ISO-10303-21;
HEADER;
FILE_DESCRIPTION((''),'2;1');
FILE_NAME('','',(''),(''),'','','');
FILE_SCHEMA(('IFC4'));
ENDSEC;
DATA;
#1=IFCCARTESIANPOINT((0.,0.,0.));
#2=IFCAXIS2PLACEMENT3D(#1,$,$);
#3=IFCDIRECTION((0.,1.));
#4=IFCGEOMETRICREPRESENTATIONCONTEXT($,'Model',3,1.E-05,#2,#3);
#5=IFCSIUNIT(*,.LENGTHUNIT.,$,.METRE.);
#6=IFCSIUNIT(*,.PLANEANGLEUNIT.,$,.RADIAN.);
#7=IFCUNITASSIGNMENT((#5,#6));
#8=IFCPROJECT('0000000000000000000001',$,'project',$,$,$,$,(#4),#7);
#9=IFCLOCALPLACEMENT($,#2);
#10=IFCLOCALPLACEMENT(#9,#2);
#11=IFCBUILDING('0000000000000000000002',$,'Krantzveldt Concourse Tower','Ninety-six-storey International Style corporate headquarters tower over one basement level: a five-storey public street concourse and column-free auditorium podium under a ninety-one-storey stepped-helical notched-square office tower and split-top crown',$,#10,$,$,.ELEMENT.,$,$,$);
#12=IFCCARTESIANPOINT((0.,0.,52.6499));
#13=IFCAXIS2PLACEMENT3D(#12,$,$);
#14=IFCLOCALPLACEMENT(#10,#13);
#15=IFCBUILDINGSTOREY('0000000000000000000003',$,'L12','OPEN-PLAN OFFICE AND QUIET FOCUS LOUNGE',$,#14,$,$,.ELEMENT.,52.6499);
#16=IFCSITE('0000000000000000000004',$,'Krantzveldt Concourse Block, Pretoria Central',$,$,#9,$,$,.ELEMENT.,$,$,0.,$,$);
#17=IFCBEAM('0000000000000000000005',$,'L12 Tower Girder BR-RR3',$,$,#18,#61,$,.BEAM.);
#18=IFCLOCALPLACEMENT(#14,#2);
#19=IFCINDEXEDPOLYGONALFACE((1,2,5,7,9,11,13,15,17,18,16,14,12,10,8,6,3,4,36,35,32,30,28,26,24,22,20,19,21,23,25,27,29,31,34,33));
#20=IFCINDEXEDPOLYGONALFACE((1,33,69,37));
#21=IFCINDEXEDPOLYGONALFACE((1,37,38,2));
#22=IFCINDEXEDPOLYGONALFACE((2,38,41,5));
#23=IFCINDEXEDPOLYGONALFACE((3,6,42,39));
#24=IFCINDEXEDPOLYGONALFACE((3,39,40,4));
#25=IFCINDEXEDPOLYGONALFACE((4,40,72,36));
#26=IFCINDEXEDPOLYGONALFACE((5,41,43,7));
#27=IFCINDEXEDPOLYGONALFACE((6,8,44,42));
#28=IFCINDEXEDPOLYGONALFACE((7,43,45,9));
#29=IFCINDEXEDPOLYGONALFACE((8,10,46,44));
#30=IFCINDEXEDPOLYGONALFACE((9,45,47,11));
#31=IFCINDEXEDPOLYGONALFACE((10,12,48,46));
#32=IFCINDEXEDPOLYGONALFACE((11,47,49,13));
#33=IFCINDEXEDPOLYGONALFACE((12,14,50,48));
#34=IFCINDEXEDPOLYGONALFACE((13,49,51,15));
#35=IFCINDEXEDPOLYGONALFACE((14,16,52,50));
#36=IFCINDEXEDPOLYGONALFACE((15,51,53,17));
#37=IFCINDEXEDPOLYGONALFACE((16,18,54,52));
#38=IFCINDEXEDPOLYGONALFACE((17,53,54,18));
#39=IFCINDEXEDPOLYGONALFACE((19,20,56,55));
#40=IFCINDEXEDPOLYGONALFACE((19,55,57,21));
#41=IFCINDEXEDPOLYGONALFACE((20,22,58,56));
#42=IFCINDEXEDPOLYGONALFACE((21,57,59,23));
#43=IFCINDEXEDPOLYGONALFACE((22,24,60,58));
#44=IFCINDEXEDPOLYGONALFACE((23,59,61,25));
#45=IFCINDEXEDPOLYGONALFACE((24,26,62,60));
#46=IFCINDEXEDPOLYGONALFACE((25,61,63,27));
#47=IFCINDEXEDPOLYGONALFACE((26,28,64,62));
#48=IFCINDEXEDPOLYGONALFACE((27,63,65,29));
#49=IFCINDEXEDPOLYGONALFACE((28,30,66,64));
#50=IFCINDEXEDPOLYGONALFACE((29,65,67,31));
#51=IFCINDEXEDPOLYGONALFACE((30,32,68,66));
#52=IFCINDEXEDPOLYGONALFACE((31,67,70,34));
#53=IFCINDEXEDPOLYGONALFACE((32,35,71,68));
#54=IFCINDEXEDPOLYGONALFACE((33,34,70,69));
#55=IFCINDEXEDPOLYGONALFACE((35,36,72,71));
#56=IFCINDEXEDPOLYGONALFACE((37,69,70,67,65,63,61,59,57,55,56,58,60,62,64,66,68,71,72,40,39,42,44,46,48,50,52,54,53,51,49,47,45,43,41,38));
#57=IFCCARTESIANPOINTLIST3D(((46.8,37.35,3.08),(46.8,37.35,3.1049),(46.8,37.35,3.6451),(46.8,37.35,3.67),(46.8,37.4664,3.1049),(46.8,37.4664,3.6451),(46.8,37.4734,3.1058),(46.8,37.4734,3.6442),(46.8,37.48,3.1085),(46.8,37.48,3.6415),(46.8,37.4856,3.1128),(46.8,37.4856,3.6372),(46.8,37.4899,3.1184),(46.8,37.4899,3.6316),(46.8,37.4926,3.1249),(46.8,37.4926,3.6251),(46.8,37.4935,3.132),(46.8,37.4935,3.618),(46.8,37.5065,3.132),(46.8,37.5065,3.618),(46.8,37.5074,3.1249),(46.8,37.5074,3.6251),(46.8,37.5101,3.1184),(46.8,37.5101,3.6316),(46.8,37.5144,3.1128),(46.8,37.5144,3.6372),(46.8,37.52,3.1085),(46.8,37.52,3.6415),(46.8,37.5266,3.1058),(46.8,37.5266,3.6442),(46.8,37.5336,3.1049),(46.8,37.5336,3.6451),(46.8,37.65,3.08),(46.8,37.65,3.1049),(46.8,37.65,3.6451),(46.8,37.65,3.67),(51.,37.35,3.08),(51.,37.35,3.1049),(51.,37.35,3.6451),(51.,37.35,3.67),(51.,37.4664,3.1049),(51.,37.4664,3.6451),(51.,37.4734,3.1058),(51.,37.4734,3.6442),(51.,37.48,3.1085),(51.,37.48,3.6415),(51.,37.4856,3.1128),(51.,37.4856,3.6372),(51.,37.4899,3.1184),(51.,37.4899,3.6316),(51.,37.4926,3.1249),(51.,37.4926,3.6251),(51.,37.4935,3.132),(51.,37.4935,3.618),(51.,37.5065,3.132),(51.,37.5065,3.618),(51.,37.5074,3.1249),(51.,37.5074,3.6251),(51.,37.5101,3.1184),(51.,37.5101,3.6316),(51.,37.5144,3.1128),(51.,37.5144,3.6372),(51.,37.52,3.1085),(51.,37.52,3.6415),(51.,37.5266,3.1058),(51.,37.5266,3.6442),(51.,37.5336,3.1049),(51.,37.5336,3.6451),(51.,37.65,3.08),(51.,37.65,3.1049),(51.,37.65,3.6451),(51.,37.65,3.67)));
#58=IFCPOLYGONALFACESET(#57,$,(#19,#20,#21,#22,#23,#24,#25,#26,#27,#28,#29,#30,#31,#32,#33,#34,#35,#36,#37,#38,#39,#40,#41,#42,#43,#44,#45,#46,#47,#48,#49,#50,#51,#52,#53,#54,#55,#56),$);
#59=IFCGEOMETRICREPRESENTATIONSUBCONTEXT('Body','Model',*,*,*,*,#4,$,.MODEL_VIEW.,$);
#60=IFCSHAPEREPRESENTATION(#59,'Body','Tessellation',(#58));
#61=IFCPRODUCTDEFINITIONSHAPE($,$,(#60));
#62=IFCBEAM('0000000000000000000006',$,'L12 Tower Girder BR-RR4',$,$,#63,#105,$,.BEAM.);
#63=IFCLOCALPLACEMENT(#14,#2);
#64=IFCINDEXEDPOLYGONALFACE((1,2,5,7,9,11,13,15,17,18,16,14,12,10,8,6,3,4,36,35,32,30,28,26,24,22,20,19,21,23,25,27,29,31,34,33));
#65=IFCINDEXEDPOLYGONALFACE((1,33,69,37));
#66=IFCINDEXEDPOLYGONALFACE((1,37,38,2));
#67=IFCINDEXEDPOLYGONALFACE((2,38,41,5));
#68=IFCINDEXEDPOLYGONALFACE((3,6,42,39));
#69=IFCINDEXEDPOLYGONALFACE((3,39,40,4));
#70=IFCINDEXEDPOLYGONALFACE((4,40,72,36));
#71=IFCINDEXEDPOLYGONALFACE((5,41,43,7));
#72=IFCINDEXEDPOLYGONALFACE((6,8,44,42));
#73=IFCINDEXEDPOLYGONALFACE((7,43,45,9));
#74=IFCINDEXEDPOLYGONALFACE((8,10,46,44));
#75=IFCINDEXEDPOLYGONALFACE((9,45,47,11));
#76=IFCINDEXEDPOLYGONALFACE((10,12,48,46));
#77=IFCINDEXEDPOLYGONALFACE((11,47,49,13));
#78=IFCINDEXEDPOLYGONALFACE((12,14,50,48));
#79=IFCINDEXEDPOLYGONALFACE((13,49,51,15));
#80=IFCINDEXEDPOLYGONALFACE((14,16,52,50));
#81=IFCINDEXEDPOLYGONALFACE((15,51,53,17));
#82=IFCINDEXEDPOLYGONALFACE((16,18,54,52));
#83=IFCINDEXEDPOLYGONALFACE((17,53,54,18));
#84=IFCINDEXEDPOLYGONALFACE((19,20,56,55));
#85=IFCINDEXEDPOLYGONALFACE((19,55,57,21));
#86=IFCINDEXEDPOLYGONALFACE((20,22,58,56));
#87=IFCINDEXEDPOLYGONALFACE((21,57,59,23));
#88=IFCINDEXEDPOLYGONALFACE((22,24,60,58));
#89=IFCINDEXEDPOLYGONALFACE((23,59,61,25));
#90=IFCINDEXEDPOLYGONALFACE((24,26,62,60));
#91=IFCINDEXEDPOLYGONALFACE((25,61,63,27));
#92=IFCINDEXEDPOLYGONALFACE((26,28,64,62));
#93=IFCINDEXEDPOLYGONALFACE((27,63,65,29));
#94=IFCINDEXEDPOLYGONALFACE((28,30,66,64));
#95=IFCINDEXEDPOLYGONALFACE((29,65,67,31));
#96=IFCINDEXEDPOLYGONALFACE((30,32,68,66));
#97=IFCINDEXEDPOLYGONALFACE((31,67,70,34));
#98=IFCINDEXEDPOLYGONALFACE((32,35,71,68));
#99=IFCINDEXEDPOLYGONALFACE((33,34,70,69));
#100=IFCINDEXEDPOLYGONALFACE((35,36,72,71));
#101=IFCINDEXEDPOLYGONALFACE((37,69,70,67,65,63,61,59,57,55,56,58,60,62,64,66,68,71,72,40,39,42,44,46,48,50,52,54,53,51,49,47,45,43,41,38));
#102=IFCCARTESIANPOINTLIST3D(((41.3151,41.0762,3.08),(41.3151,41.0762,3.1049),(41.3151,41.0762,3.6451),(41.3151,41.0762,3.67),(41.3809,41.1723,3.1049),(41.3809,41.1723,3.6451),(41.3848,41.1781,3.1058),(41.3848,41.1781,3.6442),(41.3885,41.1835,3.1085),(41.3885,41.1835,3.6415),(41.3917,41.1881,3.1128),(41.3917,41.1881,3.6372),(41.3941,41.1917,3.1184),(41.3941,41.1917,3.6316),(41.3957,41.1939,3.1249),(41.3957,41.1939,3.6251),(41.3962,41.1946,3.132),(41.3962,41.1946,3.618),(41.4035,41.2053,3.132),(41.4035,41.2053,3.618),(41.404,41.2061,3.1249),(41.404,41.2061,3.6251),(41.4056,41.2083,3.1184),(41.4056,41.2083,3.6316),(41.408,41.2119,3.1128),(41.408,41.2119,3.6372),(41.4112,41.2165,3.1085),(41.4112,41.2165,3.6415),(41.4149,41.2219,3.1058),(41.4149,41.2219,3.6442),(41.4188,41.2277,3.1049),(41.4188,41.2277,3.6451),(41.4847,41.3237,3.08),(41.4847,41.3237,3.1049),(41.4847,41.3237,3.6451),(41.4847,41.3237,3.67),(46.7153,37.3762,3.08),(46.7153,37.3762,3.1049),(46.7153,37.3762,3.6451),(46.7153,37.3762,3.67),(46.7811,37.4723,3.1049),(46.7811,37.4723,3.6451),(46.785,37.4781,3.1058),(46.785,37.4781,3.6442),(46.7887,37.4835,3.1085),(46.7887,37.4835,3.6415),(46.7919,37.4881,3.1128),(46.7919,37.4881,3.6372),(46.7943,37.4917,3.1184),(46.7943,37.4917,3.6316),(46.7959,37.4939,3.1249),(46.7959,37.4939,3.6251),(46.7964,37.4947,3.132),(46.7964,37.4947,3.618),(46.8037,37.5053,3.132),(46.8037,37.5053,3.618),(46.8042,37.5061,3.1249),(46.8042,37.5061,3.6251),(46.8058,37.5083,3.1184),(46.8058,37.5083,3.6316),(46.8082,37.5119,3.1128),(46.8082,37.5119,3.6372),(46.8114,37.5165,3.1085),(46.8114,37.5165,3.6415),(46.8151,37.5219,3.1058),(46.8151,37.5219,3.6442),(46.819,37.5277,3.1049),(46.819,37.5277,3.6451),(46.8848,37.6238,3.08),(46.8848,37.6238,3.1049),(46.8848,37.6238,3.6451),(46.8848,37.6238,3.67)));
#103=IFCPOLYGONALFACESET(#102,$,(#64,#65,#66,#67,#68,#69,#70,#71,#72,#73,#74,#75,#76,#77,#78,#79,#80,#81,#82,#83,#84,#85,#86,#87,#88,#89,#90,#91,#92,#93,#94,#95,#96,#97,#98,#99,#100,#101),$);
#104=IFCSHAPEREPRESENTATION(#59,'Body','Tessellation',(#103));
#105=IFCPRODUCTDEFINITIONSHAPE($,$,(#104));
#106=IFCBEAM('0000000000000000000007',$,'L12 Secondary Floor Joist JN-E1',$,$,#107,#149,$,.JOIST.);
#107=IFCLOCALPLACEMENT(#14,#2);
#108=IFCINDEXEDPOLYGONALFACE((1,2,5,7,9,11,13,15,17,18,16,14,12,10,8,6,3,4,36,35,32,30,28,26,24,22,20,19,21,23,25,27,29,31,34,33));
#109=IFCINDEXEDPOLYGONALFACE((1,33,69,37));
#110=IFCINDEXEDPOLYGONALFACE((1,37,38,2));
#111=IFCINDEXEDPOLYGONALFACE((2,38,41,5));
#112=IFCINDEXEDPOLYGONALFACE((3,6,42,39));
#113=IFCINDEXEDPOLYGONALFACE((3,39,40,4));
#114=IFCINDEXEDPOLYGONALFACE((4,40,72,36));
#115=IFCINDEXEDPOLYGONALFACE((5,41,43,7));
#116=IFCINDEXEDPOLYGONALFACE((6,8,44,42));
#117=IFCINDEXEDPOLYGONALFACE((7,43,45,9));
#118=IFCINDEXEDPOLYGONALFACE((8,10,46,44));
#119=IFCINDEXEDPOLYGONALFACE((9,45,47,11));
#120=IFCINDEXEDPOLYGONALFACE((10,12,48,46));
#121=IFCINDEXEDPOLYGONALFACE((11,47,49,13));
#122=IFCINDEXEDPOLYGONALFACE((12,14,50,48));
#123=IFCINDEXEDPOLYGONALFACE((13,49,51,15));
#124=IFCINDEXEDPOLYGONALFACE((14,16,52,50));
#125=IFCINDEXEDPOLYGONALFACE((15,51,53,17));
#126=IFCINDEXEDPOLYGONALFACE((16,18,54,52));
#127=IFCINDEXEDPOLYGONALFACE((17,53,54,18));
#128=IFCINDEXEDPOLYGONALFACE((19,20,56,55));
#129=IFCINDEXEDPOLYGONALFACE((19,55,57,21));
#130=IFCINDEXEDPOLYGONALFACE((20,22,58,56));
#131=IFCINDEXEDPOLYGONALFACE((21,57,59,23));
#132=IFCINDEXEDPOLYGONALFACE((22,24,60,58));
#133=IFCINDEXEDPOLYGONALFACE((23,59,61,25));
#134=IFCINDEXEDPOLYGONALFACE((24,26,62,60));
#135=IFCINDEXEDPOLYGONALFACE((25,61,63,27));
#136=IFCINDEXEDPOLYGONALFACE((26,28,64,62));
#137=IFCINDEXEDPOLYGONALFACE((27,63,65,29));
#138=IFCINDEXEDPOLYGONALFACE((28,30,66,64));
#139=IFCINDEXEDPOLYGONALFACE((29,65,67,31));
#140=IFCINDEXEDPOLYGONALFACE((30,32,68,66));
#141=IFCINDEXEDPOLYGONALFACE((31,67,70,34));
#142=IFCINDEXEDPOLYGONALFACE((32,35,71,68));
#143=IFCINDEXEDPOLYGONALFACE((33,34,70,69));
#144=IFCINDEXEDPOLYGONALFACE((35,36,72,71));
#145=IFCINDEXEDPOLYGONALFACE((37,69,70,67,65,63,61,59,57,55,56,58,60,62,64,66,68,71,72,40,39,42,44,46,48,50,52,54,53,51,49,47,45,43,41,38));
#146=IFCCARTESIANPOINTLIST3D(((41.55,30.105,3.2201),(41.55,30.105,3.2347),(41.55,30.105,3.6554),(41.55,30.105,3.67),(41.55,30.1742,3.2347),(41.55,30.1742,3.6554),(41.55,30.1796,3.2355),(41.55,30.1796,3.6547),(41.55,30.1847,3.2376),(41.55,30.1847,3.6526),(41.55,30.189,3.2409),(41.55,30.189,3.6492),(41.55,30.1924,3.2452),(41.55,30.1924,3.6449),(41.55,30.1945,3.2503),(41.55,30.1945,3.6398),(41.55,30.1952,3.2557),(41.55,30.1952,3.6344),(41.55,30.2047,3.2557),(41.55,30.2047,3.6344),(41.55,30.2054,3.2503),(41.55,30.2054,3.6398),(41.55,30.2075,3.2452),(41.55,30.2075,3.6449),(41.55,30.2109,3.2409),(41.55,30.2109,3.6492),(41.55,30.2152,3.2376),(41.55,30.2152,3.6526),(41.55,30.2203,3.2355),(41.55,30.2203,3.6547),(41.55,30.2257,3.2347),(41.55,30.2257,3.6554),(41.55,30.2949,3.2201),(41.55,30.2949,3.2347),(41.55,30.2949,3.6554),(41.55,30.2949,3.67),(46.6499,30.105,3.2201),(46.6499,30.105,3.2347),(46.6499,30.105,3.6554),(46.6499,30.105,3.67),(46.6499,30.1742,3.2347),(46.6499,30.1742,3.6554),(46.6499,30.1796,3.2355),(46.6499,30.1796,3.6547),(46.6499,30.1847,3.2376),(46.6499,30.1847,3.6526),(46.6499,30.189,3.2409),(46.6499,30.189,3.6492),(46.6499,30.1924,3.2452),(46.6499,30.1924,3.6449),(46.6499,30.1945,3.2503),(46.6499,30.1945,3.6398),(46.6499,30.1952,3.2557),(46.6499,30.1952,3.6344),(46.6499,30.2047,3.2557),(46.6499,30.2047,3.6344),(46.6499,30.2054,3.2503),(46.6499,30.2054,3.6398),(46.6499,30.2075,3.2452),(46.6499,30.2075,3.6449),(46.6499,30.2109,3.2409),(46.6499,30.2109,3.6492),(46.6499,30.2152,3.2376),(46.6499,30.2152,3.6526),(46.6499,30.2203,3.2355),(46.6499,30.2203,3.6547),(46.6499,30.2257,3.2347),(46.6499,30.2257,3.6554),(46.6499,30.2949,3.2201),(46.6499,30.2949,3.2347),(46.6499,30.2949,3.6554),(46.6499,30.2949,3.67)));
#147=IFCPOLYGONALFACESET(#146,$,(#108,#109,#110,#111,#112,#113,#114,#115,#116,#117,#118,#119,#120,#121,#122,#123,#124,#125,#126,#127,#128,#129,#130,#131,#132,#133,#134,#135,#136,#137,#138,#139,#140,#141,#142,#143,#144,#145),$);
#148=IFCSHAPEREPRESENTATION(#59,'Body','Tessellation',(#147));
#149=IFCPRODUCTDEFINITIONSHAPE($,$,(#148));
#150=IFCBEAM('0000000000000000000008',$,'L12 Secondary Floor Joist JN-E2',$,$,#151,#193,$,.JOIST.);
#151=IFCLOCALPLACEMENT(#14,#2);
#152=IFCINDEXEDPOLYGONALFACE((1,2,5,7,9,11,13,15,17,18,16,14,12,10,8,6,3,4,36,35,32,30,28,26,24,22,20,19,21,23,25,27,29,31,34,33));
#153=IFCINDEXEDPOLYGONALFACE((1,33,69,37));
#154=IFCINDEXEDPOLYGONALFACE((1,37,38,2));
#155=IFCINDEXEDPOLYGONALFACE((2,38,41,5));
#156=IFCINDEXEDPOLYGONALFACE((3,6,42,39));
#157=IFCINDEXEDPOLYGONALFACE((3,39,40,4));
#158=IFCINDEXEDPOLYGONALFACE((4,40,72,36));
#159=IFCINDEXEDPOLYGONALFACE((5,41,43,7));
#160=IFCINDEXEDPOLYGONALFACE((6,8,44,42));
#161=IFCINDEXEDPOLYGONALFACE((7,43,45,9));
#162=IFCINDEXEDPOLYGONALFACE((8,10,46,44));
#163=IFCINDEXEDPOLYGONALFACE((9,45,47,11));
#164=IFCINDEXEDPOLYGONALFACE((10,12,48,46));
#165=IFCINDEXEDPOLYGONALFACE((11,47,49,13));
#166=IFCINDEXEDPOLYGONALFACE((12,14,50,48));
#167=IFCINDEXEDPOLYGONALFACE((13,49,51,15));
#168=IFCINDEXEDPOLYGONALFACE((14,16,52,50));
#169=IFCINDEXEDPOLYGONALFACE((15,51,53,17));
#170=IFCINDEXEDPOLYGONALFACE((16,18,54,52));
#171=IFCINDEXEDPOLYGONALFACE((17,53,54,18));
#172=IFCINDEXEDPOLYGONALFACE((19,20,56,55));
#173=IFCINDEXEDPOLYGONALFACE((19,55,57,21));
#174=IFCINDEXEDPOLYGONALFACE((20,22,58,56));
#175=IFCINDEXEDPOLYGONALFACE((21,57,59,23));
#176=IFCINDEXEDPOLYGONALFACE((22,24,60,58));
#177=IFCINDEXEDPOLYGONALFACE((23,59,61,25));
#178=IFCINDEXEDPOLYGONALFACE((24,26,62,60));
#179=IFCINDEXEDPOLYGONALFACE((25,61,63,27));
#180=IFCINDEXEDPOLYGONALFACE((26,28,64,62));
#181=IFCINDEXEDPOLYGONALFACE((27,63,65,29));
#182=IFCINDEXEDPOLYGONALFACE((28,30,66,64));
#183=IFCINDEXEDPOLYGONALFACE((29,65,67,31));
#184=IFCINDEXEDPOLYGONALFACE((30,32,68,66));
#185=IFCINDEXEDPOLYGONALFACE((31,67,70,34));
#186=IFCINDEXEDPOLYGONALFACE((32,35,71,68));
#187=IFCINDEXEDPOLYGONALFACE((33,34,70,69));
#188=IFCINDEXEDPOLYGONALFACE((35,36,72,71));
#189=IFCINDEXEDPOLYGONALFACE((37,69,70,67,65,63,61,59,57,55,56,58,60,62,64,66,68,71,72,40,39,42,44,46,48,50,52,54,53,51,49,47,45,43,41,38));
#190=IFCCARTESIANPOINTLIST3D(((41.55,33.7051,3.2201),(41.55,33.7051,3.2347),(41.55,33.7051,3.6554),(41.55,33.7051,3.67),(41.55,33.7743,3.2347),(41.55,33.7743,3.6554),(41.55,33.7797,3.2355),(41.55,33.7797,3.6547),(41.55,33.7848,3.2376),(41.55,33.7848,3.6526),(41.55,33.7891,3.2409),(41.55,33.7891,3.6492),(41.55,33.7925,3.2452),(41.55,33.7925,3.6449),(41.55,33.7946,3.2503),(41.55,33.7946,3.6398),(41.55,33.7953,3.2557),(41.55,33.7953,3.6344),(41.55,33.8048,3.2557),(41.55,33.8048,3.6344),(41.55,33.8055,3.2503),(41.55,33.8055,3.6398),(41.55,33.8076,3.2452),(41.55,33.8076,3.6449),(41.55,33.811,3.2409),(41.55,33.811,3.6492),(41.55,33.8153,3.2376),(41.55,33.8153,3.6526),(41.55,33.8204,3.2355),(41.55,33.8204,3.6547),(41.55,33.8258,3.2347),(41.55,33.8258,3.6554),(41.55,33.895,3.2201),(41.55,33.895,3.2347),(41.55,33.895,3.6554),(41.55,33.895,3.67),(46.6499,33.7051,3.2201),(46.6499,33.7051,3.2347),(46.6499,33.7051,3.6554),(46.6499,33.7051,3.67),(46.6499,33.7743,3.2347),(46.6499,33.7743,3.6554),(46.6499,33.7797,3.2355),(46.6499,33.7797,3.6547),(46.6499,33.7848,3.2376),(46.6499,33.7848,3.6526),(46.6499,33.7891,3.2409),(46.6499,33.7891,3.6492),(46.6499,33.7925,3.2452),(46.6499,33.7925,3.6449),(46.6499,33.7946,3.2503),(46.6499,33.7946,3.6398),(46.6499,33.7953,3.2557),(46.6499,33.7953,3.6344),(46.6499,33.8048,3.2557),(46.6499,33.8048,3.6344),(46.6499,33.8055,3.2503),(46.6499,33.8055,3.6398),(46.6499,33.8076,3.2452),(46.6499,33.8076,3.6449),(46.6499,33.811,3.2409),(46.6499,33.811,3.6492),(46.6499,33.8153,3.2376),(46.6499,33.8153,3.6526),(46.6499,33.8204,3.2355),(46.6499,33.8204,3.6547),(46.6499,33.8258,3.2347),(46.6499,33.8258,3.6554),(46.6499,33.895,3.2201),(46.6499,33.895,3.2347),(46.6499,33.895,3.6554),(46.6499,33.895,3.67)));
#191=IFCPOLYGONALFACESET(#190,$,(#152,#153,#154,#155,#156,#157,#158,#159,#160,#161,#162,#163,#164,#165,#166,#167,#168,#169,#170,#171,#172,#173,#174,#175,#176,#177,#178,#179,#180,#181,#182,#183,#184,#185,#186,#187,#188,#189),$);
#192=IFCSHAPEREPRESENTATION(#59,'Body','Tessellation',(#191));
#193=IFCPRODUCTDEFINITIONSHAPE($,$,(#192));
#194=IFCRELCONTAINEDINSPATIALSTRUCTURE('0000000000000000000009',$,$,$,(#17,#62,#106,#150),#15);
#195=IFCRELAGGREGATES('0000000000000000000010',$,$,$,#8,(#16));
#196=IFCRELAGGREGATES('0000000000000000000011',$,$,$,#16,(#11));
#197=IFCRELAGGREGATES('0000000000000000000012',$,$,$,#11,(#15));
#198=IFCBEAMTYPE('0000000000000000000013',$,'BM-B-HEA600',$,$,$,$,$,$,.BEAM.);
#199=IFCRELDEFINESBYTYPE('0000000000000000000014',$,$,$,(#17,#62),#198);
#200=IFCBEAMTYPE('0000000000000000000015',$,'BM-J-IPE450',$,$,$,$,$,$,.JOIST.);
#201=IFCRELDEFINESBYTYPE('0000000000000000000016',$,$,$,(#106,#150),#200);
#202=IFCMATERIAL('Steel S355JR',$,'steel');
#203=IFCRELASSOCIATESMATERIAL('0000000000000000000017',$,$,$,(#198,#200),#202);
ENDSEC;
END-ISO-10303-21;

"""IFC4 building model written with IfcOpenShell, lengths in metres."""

from ifc_helpers import new_model, si_unit, direction, frame, origin, origin_2d, place, context, subcontext, project, spatial, i_section, extrude, source, transform, mapped, material, material_profile, profile_set, type_object, type_shapes, element, save


model = new_model("IFC4")

# Units and contexts
model_context = context("Model", 3, precision=1e-05, world=origin(), true_north=direction((0.0, 1.0)))
body_context = subcontext(model_context, "Body", "Model", "MODEL_VIEW")
ifc_project = project(units=[si_unit("LENGTHUNIT", "METRE"), si_unit("PLANEANGLEUNIT", "RADIAN")], contexts=[model_context])

# Site, building, storey
site_placement = place(None, origin())
site = spatial("IfcSite", under=ifc_project, at=site_placement, Name="Krantzveldt Concourse Block, Pretoria Central", CompositionType="ELEMENT", RefElevation=0.0)
building_placement = place(site_placement, origin())
building = spatial("IfcBuilding", under=site, at=building_placement, Name="Krantzveldt Concourse Tower", Description="Ninety-six-storey International Style corporate headquarters tower over one basement level: a five-storey public street concourse and column-free auditorium podium under a ninety-one-storey stepped-helical notched-square office tower and split-top crown", CompositionType="ELEMENT")
storey_placement = place(building_placement, frame((0.0, 0.0, 52.6499)))
storey = spatial("IfcBuildingStorey", under=building, at=storey_placement, Name="L12", Description="OPEN-PLAN OFFICE AND QUIET FOCUS LOUNGE", CompositionType="ELEMENT", Elevation=52.6499)

# Beams
ifc_material_1 = material(Name="Steel S355JR", Category="steel")
ifc_material_profile_1 = material_profile(ifc_material_1, i_section(OverallWidth=0.3, OverallDepth=0.5901, WebThickness=0.0129, FlangeThickness=0.0249, FilletRadius=0.0271, at=origin_2d()), Name="Steel S355JR", Category="steel")
ifc_profile_set_1 = profile_set([ifc_material_profile_1], Name="Steel S355JR - HEA 600")
beam_type_1 = type_object("IfcBeamType", Name="BM-B-HEA600", PredefinedType="BEAM", material=ifc_profile_set_1)
shared_shape_1 = source(origin(), body_context, "Body", "SweptSolid", [
    extrude(i_section(OverallWidth=0.3, OverallDepth=0.5901, WebThickness=0.0129, FlangeThickness=0.0249, FilletRadius=0.0271, at=origin_2d()), origin(), (0.0, 0.0, 1.0), 4.2),
])
beam_1_placement = place(storey_placement, frame((46.8, 37.5, 3.375), z_axis=(1.0, 0.0, 0.0), x_axis=(0.0, 1.0, 0.0)))
element("IfcBeam", 1, at=beam_1_placement, inside=storey, type_object=beam_type_1, Name="L12 Tower Girder BR-RR3", PredefinedType="BEAM", context=body_context, shape_type="MappedRepresentation", body=[
    mapped(shared_shape_1, transform((0.0, 0.0, 0.0), x_axis=(1.0, 0.0, 0.0), y_axis=(0.0, 1.0, 0.0), z_axis=(0.0, 0.0, 1.0), scale=1.0)),
])
shared_shape_2 = source(origin(), body_context, "Body", "SweptSolid", [
    extrude(i_section(OverallWidth=0.3, OverallDepth=0.5901, WebThickness=0.0129, FlangeThickness=0.0249, FilletRadius=0.0271, at=origin_2d()), origin(), (0.0, 0.0, 1.0), 6.5461),
])
beam_2_placement = place(storey_placement, frame((46.8, 37.5, 3.375), z_axis=(-0.824943, 0.565216, 0.0), x_axis=(-0.565216, -0.824943, 0.0)))
element("IfcBeam", 2, at=beam_2_placement, inside=storey, type_object=beam_type_1, Name="L12 Tower Girder BR-RR4", PredefinedType="BEAM", context=body_context, shape_type="MappedRepresentation", body=[
    mapped(shared_shape_2, transform((0.0, 0.0, 0.0), x_axis=(1.0, 0.0, 0.0), y_axis=(0.0, 1.0, 0.0), z_axis=(0.0, 0.0, 1.0), scale=1.0)),
])
ifc_material_profile_2 = material_profile(ifc_material_1, i_section(OverallWidth=0.1899, OverallDepth=0.45, WebThickness=0.0095, FlangeThickness=0.0146, FilletRadius=0.021, at=origin_2d()), Name="Steel S355JR", Category="steel")
ifc_profile_set_2 = profile_set([ifc_material_profile_2], Name="Steel S355JR - IPE 450")
beam_type_2 = type_object("IfcBeamType", Name="BM-J-IPE450", PredefinedType="JOIST", material=ifc_profile_set_2)
shared_shape_3 = source(origin(), body_context, "Body", "SweptSolid", [
    extrude(i_section(OverallWidth=0.1899, OverallDepth=0.45, WebThickness=0.0095, FlangeThickness=0.0146, FilletRadius=0.021, at=origin_2d()), origin(), (0.0, 0.0, 1.0), 5.0999),
])
type_shapes(beam_type_2, [shared_shape_3])
for number, where, z_axis, x_axis, name in (
    (3, (41.55, 30.2, 3.4451), (1.0, 0.0, 0.0), (0.0, 1.0, 0.0), "L12 Secondary Floor Joist JN-E1"),
    (4, (41.55, 33.8, 3.4451), (1.0, 0.0, 0.0), (0.0, 1.0, 0.0), "L12 Secondary Floor Joist JN-E2"),
):
    element("IfcBeam", number, at=place(storey_placement, frame(where, z_axis=z_axis, x_axis=x_axis)), inside=storey, type_object=beam_type_2, Name=name, PredefinedType="JOIST", context=body_context, shape_type="MappedRepresentation", body=[
        mapped(shared_shape_3, transform((0.0, 0.0, 0.0), x_axis=(1.0, 0.0, 0.0), y_axis=(0.0, 1.0, 0.0), z_axis=(0.0, 0.0, 1.0), scale=1.0)),
    ])

save(model, "model.ifc")
